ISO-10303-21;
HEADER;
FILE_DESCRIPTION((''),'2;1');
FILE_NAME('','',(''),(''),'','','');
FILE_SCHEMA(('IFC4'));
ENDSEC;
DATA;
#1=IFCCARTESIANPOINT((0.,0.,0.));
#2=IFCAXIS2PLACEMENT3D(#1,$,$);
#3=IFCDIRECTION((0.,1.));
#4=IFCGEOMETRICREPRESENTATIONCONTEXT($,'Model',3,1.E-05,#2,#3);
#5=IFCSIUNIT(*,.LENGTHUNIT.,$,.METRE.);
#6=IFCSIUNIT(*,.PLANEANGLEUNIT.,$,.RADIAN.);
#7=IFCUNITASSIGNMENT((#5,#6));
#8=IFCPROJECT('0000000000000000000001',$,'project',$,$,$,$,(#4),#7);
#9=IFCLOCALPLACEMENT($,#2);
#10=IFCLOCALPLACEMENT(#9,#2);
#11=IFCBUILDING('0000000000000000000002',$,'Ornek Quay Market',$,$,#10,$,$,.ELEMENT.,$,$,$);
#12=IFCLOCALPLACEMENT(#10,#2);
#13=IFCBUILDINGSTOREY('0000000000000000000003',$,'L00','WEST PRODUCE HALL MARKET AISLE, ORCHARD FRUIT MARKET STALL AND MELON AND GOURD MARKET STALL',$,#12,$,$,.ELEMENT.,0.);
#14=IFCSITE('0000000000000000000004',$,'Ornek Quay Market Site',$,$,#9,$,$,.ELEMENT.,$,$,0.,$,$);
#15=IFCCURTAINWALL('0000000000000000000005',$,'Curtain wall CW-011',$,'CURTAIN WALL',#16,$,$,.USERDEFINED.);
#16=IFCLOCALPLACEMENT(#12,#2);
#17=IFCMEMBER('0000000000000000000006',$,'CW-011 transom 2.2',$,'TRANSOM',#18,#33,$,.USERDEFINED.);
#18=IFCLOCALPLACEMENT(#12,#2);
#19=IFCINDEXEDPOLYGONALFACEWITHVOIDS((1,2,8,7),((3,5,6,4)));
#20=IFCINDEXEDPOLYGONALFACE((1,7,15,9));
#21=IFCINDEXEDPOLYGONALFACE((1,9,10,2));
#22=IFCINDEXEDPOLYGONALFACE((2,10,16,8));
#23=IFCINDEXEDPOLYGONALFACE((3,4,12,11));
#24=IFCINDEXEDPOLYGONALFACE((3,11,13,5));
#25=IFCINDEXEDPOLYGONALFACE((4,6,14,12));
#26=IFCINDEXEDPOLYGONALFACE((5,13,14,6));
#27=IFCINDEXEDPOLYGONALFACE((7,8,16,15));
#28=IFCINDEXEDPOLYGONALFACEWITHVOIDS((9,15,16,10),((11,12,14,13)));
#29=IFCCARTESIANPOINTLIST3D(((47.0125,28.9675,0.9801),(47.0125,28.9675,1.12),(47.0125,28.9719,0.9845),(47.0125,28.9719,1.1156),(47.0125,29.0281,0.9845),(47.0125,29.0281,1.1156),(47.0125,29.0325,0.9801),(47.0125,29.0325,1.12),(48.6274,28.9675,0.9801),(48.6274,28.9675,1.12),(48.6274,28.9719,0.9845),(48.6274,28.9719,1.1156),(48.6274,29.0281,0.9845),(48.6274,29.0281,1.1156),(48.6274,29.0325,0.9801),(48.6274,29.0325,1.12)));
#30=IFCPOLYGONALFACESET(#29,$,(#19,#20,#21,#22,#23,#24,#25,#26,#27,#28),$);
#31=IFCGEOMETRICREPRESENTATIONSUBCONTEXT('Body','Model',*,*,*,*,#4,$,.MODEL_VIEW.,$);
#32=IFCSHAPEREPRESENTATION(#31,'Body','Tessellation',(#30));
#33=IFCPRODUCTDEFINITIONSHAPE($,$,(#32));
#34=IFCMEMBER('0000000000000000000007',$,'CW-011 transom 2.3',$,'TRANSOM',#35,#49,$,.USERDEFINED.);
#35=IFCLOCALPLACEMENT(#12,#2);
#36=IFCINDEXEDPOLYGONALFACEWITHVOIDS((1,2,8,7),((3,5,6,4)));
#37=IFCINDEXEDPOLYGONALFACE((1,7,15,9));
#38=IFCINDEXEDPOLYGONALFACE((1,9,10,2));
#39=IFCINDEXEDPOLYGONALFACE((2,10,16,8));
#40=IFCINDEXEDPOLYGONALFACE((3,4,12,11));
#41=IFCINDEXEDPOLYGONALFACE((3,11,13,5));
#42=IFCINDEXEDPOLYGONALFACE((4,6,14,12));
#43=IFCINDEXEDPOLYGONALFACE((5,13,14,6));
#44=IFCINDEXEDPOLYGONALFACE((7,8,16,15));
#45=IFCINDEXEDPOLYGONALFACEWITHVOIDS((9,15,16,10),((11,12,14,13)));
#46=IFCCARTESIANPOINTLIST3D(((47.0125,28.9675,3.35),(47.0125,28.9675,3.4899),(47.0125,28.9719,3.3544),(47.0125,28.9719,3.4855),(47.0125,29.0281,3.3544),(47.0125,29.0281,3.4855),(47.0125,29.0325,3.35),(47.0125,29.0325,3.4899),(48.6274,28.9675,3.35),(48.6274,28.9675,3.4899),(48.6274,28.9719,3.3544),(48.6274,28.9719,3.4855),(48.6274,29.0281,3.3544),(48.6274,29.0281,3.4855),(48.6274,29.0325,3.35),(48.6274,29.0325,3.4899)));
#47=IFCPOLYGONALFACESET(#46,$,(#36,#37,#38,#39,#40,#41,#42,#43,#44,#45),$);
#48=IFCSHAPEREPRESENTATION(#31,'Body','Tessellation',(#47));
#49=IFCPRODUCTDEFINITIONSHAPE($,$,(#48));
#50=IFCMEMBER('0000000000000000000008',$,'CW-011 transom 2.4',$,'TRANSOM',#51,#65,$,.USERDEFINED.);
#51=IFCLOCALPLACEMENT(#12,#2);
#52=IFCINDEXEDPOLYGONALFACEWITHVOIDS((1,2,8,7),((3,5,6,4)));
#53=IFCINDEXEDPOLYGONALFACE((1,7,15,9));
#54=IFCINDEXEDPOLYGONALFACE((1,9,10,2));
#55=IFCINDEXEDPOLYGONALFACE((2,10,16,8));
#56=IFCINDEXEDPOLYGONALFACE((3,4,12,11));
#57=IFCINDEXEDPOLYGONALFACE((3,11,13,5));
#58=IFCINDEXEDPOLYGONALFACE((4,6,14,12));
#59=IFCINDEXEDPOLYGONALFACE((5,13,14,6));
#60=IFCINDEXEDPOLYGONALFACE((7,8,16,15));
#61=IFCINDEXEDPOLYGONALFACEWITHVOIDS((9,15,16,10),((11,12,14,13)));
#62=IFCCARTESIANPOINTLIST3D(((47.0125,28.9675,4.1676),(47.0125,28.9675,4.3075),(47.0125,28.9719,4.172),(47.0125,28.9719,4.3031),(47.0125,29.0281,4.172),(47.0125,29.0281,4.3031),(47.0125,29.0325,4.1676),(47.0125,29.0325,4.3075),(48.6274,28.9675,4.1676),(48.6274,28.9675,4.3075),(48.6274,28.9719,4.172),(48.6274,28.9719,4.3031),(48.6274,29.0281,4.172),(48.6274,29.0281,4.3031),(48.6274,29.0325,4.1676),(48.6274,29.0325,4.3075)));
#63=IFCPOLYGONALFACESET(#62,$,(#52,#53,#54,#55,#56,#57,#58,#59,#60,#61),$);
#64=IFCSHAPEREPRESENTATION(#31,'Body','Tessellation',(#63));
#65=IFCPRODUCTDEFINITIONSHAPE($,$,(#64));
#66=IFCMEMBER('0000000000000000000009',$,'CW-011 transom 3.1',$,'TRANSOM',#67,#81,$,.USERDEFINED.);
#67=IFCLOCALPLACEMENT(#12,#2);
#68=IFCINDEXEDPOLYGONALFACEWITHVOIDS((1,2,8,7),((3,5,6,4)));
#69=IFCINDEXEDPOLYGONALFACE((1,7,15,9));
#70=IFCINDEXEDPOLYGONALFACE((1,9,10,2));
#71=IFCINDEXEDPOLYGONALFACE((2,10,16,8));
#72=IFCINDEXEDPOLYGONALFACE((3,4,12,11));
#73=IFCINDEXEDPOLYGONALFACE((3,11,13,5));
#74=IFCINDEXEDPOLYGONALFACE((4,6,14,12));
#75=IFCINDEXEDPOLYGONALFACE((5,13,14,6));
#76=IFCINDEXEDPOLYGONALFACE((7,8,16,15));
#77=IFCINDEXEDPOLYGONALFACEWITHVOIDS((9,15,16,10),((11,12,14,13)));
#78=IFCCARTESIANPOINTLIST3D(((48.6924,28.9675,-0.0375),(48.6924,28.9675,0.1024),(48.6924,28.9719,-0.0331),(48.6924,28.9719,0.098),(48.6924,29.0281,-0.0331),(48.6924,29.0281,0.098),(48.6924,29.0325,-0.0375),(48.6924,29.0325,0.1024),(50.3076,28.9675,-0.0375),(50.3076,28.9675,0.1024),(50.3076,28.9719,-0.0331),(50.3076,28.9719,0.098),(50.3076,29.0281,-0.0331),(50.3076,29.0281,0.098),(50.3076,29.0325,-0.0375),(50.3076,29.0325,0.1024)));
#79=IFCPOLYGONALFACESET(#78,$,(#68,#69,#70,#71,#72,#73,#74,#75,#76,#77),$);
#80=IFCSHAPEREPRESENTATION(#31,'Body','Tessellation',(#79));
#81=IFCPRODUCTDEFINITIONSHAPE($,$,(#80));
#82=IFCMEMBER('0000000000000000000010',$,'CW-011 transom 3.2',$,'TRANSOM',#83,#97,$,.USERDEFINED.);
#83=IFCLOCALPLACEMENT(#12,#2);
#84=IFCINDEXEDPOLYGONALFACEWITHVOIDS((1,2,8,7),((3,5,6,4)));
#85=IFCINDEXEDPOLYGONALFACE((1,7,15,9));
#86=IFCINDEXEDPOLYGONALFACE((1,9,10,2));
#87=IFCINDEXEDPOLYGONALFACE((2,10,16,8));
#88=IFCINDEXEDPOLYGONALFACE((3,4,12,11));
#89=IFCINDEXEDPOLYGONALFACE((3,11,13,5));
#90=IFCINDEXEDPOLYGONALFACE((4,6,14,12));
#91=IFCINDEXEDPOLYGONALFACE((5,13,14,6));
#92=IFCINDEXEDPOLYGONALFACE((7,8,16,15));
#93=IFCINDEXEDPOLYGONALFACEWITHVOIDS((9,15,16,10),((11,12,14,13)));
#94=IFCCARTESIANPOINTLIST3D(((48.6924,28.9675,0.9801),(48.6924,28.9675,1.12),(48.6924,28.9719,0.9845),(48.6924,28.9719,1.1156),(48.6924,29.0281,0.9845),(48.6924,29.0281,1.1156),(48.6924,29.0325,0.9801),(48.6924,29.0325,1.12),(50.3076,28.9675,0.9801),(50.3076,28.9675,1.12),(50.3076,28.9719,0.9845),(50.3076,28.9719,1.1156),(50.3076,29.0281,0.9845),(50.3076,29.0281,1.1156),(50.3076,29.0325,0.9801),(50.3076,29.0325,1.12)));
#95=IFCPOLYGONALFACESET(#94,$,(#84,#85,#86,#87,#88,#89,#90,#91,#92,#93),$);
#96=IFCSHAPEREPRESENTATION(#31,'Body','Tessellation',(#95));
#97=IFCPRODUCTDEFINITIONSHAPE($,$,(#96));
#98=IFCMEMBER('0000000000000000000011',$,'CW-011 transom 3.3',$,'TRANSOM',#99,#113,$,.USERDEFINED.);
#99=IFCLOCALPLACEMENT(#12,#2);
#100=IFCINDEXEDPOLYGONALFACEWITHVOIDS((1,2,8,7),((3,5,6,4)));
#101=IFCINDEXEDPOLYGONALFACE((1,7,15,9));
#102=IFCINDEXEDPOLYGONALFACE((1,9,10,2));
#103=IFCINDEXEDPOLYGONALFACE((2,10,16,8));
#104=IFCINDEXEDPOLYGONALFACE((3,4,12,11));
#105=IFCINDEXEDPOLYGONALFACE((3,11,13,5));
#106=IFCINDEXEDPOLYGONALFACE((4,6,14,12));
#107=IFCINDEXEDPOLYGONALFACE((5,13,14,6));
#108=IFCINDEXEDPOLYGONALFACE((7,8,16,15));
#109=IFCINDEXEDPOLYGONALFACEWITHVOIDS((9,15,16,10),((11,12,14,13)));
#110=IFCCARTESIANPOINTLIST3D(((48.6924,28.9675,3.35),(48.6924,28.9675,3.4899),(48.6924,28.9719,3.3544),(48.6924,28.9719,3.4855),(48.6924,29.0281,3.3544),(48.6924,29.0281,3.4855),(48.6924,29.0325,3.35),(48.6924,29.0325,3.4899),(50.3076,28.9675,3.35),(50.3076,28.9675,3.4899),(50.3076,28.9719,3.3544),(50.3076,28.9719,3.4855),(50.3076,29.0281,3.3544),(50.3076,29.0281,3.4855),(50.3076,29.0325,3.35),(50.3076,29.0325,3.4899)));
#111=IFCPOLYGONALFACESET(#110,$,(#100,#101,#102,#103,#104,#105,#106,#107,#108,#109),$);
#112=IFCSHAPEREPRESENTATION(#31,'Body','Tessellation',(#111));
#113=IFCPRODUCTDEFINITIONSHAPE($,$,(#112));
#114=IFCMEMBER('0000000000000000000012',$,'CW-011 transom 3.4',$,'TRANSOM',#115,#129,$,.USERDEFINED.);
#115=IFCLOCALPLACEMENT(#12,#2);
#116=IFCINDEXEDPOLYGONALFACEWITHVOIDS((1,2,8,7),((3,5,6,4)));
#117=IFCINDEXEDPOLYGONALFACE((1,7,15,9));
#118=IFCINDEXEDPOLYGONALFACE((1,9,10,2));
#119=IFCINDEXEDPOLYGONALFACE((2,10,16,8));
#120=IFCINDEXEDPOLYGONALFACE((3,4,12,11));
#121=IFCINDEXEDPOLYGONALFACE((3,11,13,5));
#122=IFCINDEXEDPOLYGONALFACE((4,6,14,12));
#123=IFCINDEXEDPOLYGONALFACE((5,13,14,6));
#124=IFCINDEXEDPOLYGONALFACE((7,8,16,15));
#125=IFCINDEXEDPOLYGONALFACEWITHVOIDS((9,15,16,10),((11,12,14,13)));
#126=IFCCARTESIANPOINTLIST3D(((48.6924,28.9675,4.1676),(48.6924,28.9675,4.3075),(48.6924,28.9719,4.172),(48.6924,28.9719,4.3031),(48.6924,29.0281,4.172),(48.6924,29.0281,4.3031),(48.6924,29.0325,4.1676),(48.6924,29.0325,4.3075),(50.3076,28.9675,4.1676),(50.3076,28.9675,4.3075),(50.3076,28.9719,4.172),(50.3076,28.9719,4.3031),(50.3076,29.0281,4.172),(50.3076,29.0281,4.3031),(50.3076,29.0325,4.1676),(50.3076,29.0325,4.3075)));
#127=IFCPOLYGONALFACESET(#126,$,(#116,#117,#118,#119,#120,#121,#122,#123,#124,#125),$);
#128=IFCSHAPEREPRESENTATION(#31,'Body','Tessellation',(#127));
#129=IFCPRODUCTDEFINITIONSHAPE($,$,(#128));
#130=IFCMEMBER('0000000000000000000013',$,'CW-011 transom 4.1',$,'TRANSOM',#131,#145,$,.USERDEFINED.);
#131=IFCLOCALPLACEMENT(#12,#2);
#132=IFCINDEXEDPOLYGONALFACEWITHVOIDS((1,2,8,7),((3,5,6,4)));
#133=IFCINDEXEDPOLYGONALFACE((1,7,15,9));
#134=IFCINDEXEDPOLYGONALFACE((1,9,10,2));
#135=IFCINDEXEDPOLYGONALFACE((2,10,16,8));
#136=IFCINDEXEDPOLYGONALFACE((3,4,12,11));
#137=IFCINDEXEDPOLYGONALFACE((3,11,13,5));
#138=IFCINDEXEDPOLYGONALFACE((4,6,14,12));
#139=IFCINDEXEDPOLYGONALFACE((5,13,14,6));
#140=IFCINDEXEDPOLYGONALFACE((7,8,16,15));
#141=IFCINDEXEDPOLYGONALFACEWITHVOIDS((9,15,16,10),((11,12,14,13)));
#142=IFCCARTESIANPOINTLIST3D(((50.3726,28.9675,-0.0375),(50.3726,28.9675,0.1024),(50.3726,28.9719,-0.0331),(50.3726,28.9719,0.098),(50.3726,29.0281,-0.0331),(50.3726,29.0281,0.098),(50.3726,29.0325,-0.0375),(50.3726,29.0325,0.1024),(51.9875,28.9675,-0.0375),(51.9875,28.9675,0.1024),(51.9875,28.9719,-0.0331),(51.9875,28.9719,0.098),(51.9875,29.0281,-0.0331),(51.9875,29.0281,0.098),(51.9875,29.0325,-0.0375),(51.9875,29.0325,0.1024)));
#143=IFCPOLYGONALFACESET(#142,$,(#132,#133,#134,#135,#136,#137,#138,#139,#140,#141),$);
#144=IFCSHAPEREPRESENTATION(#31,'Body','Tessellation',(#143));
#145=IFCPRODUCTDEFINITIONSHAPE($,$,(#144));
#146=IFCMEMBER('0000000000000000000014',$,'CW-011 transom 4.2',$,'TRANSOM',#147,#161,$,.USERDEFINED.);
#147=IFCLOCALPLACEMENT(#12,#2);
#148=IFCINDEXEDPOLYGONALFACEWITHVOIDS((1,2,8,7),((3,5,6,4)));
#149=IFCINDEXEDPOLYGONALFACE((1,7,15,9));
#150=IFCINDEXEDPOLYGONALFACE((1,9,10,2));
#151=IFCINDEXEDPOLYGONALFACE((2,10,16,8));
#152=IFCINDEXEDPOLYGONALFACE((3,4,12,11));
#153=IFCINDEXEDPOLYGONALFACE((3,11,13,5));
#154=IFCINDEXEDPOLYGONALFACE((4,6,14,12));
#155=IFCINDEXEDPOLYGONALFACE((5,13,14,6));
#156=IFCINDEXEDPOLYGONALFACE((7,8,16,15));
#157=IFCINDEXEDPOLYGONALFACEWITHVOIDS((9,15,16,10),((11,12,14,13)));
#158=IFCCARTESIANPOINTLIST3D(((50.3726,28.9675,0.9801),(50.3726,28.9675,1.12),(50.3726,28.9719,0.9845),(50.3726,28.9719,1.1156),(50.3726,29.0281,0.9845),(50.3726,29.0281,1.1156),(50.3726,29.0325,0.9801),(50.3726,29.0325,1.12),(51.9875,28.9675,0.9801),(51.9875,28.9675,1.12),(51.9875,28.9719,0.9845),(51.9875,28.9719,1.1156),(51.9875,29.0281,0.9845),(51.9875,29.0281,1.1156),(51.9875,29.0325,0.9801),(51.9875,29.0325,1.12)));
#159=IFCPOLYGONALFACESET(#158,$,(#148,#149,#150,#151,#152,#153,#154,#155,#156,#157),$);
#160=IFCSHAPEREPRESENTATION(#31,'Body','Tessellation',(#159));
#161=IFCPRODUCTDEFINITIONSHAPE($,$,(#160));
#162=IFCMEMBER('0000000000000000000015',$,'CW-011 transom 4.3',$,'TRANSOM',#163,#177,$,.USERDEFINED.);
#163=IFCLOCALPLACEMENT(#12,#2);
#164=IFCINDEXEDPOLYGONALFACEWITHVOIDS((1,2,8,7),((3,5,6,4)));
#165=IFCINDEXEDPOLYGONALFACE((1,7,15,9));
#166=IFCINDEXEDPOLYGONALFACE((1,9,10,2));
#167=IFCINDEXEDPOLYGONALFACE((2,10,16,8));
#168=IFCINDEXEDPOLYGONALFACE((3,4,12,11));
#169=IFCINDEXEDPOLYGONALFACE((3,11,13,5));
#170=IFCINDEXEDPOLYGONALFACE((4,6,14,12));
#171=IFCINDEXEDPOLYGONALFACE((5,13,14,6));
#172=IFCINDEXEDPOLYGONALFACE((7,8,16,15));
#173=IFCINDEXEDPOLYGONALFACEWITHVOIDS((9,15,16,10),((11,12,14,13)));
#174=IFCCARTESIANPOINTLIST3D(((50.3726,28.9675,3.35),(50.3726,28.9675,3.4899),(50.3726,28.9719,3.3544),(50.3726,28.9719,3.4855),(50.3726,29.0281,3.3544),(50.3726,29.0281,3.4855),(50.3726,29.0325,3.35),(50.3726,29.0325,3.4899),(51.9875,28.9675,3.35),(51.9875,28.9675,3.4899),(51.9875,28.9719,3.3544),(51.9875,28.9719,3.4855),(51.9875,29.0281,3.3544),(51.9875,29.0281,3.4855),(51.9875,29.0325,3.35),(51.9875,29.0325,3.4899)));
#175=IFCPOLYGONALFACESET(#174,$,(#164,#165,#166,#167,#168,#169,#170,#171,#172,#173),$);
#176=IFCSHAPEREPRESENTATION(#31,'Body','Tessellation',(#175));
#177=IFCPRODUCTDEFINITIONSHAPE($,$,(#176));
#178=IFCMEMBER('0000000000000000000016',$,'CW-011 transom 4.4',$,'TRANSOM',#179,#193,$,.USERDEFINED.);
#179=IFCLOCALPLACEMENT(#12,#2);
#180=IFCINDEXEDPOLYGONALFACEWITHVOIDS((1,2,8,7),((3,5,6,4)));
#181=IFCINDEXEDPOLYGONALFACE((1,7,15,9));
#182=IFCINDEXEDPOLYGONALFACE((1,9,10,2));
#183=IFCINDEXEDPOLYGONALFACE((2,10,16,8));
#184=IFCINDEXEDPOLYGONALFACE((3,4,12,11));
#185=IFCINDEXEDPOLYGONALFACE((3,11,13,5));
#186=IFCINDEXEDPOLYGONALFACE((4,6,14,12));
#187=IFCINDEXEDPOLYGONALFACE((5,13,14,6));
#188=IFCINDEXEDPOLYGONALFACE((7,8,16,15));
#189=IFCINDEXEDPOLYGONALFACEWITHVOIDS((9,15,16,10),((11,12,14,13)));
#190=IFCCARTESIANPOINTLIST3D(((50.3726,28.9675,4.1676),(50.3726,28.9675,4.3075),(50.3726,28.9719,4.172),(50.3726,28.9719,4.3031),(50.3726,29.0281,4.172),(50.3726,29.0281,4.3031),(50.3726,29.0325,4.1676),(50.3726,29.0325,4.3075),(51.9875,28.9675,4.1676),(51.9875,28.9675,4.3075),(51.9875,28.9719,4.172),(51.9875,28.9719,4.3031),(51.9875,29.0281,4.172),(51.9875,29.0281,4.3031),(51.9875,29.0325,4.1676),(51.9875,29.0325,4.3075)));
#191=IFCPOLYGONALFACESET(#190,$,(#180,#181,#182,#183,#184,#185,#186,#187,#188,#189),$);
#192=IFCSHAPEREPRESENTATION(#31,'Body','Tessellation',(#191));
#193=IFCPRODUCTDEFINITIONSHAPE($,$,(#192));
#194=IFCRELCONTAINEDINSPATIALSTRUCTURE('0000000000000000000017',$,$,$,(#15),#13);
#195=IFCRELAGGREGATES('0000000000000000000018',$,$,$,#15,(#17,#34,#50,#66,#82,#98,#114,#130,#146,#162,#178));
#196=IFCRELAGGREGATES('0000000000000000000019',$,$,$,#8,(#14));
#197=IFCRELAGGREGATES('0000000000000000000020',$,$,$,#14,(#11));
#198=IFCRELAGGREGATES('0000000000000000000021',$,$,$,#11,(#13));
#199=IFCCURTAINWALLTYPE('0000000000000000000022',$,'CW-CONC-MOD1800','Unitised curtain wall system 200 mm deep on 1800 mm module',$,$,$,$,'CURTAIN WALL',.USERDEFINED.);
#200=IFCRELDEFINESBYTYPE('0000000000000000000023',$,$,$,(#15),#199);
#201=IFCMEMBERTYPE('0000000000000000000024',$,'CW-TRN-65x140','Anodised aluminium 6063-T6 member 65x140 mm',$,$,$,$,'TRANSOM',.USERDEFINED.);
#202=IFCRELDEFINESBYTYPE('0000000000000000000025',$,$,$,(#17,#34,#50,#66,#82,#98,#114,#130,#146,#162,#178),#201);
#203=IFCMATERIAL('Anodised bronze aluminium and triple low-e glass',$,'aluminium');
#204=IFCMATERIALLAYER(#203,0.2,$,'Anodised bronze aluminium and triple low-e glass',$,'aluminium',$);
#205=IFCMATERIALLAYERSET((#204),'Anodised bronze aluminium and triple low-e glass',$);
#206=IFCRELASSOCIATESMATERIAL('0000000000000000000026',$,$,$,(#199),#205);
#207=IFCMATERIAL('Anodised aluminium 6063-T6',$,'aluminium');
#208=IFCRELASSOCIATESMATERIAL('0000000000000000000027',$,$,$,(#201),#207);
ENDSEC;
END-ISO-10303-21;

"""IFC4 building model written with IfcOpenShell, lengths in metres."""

from ifc_helpers import new_model, si_unit, direction, frame, origin, origin_2d, place, context, subcontext, project, spatial, hollow_rectangle, extrude, material, layer, layer_set, material_profile, profile_set, type_object, element, aggregate, save


model = new_model("IFC4")

# Units and contexts
model_context = context("Model", 3, precision=1e-05, world=origin(), true_north=direction((0.0, 1.0)))
body_context = subcontext(model_context, "Body", "Model", "MODEL_VIEW")
ifc_project = project(units=[si_unit("LENGTHUNIT", "METRE"), si_unit("PLANEANGLEUNIT", "RADIAN")], contexts=[model_context])

# Site, building, storey
site_placement = place(None, origin())
site = spatial("IfcSite", under=ifc_project, at=site_placement, Name="Ornek Quay Market Site", CompositionType="ELEMENT", RefElevation=0.0)
building_placement = place(site_placement, origin())
building = spatial("IfcBuilding", under=site, at=building_placement, Name="Ornek Quay Market", CompositionType="ELEMENT")
storey_placement = place(building_placement, origin())
storey = spatial("IfcBuildingStorey", under=building, at=storey_placement, Name="L00", Description="WEST PRODUCE HALL MARKET AISLE, ORCHARD FRUIT MARKET STALL AND MELON AND GOURD MARKET STALL", CompositionType="ELEMENT", Elevation=0.0)

# Curtain wall
ifc_material_1 = material(Name="Anodised bronze aluminium and triple low-e glass", Category="aluminium")
ifc_layer_1 = layer(ifc_material_1, 0.2, Name="Anodised bronze aluminium and triple low-e glass", Category="aluminium")
ifc_layer_set_1 = layer_set([ifc_layer_1], Name="Anodised bronze aluminium and triple low-e glass")
curtain_wall_type_1 = type_object("IfcCurtainWallType", Name="CW-CONC-MOD1800", Description="Unitised curtain wall system 200 mm deep on 1800 mm module", ElementType="CURTAIN WALL", PredefinedType="USERDEFINED", material=ifc_layer_set_1)
curtain_wall_1_placement = place(storey_placement, origin())
curtain_wall_1 = element("IfcCurtainWall", 1, at=curtain_wall_1_placement, inside=storey, type_object=curtain_wall_type_1, Name="Curtain wall CW-011", ObjectType="CURTAIN WALL", PredefinedType="USERDEFINED")
ifc_material_2 = material(Name="Anodised aluminium 6063-T6", Category="aluminium")

# Members
ifc_material_profile_1 = material_profile(ifc_material_2, hollow_rectangle(XDim=0.0649, YDim=0.1399, WallThickness=0.0044, at=origin_2d()), Name="CW-TRN-65x140", Category="aluminium")
ifc_profile_set_1 = profile_set([ifc_material_profile_1], Name="Anodised aluminium 6063-T6")
member_type_1 = type_object("IfcMemberType", Name="CW-TRN-65x140", Description="Anodised aluminium 6063-T6 member 65x140 mm", ElementType="TRANSOM", PredefinedType="USERDEFINED", material=ifc_profile_set_1)
member_1_placement = place(storey_placement, frame((47.0125, 29.0, 1.05), z_axis=(1.0, 0.0, 0.0), x_axis=(0.0, 1.0, 0.0)))
member_1 = element("IfcMember", 2, at=member_1_placement, type_object=member_type_1, Name="CW-011 transom 2.2", ObjectType="TRANSOM", PredefinedType="USERDEFINED", context=body_context, shape_type="SweptSolid", body=[
    extrude(hollow_rectangle(XDim=0.0649, YDim=0.1399, WallThickness=0.0044, at=origin_2d()), origin(), (0.0, 0.0, 1.0), 1.615),
])
member_2_placement = place(storey_placement, frame((47.0125, 29.0, 3.4199), z_axis=(1.0, 0.0, 0.0), x_axis=(0.0, 1.0, 0.0)))
member_2 = element("IfcMember", 3, at=member_2_placement, type_object=member_type_1, Name="CW-011 transom 2.3", ObjectType="TRANSOM", PredefinedType="USERDEFINED", context=body_context, shape_type="SweptSolid", body=[
    extrude(hollow_rectangle(XDim=0.0649, YDim=0.1399, WallThickness=0.0044, at=origin_2d()), origin(), (0.0, 0.0, 1.0), 1.615),
])
member_3_placement = place(storey_placement, frame((47.0125, 29.0, 4.2375), z_axis=(1.0, 0.0, 0.0), x_axis=(0.0, 1.0, 0.0)))
member_3 = element("IfcMember", 4, at=member_3_placement, type_object=member_type_1, Name="CW-011 transom 2.4", ObjectType="TRANSOM", PredefinedType="USERDEFINED", context=body_context, shape_type="SweptSolid", body=[
    extrude(hollow_rectangle(XDim=0.0649, YDim=0.1399, WallThickness=0.0044, at=origin_2d()), origin(), (0.0, 0.0, 1.0), 1.615),
])
member_4_placement = place(storey_placement, frame((48.6924, 29.0, 0.0325), z_axis=(1.0, 0.0, 0.0), x_axis=(0.0, 1.0, 0.0)))
member_4 = element("IfcMember", 5, at=member_4_placement, type_object=member_type_1, Name="CW-011 transom 3.1", ObjectType="TRANSOM", PredefinedType="USERDEFINED", context=body_context, shape_type="SweptSolid", body=[
    extrude(hollow_rectangle(XDim=0.0649, YDim=0.1399, WallThickness=0.0044, at=origin_2d()), origin(), (0.0, 0.0, 1.0), 1.6152),
])
member_5_placement = place(storey_placement, frame((48.6924, 29.0, 1.05), z_axis=(1.0, 0.0, 0.0), x_axis=(0.0, 1.0, 0.0)))
member_5 = element("IfcMember", 6, at=member_5_placement, type_object=member_type_1, Name="CW-011 transom 3.2", ObjectType="TRANSOM", PredefinedType="USERDEFINED", context=body_context, shape_type="SweptSolid", body=[
    extrude(hollow_rectangle(XDim=0.0649, YDim=0.1399, WallThickness=0.0044, at=origin_2d()), origin(), (0.0, 0.0, 1.0), 1.6152),
])
member_6_placement = place(storey_placement, frame((48.6924, 29.0, 3.4199), z_axis=(1.0, 0.0, 0.0), x_axis=(0.0, 1.0, 0.0)))
member_6 = element("IfcMember", 7, at=member_6_placement, type_object=member_type_1, Name="CW-011 transom 3.3", ObjectType="TRANSOM", PredefinedType="USERDEFINED", context=body_context, shape_type="SweptSolid", body=[
    extrude(hollow_rectangle(XDim=0.0649, YDim=0.1399, WallThickness=0.0044, at=origin_2d()), origin(), (0.0, 0.0, 1.0), 1.6152),
])
member_7_placement = place(storey_placement, frame((48.6924, 29.0, 4.2375), z_axis=(1.0, 0.0, 0.0), x_axis=(0.0, 1.0, 0.0)))
member_7 = element("IfcMember", 8, at=member_7_placement, type_object=member_type_1, Name="CW-011 transom 3.4", ObjectType="TRANSOM", PredefinedType="USERDEFINED", context=body_context, shape_type="SweptSolid", body=[
    extrude(hollow_rectangle(XDim=0.0649, YDim=0.1399, WallThickness=0.0044, at=origin_2d()), origin(), (0.0, 0.0, 1.0), 1.6152),
])
member_8_placement = place(storey_placement, frame((50.3726, 29.0, 0.0325), z_axis=(1.0, 0.0, 0.0), x_axis=(0.0, 1.0, 0.0)))
member_8 = element("IfcMember", 9, at=member_8_placement, type_object=member_type_1, Name="CW-011 transom 4.1", ObjectType="TRANSOM", PredefinedType="USERDEFINED", context=body_context, shape_type="SweptSolid", body=[
    extrude(hollow_rectangle(XDim=0.0649, YDim=0.1399, WallThickness=0.0044, at=origin_2d()), origin(), (0.0, 0.0, 1.0), 1.615),
])
member_9_placement = place(storey_placement, frame((50.3726, 29.0, 1.05), z_axis=(1.0, 0.0, 0.0), x_axis=(0.0, 1.0, 0.0)))
member_9 = element("IfcMember", 10, at=member_9_placement, type_object=member_type_1, Name="CW-011 transom 4.2", ObjectType="TRANSOM", PredefinedType="USERDEFINED", context=body_context, shape_type="SweptSolid", body=[
    extrude(hollow_rectangle(XDim=0.0649, YDim=0.1399, WallThickness=0.0044, at=origin_2d()), origin(), (0.0, 0.0, 1.0), 1.615),
])
member_10_placement = place(storey_placement, frame((50.3726, 29.0, 3.4199), z_axis=(1.0, 0.0, 0.0), x_axis=(0.0, 1.0, 0.0)))
member_10 = element("IfcMember", 11, at=member_10_placement, type_object=member_type_1, Name="CW-011 transom 4.3", ObjectType="TRANSOM", PredefinedType="USERDEFINED", context=body_context, shape_type="SweptSolid", body=[
    extrude(hollow_rectangle(XDim=0.0649, YDim=0.1399, WallThickness=0.0044, at=origin_2d()), origin(), (0.0, 0.0, 1.0), 1.615),
])
member_11_placement = place(storey_placement, frame((50.3726, 29.0, 4.2375), z_axis=(1.0, 0.0, 0.0), x_axis=(0.0, 1.0, 0.0)))
member_11 = element("IfcMember", 12, at=member_11_placement, type_object=member_type_1, Name="CW-011 transom 4.4", ObjectType="TRANSOM", PredefinedType="USERDEFINED", context=body_context, shape_type="SweptSolid", body=[
    extrude(hollow_rectangle(XDim=0.0649, YDim=0.1399, WallThickness=0.0044, at=origin_2d()), origin(), (0.0, 0.0, 1.0), 1.615),
])

aggregate(curtain_wall_1, [member_1, member_2, member_3, member_4, member_5, member_6, member_7, member_8, member_9, member_10, member_11])

save(model, "model.ifc")
